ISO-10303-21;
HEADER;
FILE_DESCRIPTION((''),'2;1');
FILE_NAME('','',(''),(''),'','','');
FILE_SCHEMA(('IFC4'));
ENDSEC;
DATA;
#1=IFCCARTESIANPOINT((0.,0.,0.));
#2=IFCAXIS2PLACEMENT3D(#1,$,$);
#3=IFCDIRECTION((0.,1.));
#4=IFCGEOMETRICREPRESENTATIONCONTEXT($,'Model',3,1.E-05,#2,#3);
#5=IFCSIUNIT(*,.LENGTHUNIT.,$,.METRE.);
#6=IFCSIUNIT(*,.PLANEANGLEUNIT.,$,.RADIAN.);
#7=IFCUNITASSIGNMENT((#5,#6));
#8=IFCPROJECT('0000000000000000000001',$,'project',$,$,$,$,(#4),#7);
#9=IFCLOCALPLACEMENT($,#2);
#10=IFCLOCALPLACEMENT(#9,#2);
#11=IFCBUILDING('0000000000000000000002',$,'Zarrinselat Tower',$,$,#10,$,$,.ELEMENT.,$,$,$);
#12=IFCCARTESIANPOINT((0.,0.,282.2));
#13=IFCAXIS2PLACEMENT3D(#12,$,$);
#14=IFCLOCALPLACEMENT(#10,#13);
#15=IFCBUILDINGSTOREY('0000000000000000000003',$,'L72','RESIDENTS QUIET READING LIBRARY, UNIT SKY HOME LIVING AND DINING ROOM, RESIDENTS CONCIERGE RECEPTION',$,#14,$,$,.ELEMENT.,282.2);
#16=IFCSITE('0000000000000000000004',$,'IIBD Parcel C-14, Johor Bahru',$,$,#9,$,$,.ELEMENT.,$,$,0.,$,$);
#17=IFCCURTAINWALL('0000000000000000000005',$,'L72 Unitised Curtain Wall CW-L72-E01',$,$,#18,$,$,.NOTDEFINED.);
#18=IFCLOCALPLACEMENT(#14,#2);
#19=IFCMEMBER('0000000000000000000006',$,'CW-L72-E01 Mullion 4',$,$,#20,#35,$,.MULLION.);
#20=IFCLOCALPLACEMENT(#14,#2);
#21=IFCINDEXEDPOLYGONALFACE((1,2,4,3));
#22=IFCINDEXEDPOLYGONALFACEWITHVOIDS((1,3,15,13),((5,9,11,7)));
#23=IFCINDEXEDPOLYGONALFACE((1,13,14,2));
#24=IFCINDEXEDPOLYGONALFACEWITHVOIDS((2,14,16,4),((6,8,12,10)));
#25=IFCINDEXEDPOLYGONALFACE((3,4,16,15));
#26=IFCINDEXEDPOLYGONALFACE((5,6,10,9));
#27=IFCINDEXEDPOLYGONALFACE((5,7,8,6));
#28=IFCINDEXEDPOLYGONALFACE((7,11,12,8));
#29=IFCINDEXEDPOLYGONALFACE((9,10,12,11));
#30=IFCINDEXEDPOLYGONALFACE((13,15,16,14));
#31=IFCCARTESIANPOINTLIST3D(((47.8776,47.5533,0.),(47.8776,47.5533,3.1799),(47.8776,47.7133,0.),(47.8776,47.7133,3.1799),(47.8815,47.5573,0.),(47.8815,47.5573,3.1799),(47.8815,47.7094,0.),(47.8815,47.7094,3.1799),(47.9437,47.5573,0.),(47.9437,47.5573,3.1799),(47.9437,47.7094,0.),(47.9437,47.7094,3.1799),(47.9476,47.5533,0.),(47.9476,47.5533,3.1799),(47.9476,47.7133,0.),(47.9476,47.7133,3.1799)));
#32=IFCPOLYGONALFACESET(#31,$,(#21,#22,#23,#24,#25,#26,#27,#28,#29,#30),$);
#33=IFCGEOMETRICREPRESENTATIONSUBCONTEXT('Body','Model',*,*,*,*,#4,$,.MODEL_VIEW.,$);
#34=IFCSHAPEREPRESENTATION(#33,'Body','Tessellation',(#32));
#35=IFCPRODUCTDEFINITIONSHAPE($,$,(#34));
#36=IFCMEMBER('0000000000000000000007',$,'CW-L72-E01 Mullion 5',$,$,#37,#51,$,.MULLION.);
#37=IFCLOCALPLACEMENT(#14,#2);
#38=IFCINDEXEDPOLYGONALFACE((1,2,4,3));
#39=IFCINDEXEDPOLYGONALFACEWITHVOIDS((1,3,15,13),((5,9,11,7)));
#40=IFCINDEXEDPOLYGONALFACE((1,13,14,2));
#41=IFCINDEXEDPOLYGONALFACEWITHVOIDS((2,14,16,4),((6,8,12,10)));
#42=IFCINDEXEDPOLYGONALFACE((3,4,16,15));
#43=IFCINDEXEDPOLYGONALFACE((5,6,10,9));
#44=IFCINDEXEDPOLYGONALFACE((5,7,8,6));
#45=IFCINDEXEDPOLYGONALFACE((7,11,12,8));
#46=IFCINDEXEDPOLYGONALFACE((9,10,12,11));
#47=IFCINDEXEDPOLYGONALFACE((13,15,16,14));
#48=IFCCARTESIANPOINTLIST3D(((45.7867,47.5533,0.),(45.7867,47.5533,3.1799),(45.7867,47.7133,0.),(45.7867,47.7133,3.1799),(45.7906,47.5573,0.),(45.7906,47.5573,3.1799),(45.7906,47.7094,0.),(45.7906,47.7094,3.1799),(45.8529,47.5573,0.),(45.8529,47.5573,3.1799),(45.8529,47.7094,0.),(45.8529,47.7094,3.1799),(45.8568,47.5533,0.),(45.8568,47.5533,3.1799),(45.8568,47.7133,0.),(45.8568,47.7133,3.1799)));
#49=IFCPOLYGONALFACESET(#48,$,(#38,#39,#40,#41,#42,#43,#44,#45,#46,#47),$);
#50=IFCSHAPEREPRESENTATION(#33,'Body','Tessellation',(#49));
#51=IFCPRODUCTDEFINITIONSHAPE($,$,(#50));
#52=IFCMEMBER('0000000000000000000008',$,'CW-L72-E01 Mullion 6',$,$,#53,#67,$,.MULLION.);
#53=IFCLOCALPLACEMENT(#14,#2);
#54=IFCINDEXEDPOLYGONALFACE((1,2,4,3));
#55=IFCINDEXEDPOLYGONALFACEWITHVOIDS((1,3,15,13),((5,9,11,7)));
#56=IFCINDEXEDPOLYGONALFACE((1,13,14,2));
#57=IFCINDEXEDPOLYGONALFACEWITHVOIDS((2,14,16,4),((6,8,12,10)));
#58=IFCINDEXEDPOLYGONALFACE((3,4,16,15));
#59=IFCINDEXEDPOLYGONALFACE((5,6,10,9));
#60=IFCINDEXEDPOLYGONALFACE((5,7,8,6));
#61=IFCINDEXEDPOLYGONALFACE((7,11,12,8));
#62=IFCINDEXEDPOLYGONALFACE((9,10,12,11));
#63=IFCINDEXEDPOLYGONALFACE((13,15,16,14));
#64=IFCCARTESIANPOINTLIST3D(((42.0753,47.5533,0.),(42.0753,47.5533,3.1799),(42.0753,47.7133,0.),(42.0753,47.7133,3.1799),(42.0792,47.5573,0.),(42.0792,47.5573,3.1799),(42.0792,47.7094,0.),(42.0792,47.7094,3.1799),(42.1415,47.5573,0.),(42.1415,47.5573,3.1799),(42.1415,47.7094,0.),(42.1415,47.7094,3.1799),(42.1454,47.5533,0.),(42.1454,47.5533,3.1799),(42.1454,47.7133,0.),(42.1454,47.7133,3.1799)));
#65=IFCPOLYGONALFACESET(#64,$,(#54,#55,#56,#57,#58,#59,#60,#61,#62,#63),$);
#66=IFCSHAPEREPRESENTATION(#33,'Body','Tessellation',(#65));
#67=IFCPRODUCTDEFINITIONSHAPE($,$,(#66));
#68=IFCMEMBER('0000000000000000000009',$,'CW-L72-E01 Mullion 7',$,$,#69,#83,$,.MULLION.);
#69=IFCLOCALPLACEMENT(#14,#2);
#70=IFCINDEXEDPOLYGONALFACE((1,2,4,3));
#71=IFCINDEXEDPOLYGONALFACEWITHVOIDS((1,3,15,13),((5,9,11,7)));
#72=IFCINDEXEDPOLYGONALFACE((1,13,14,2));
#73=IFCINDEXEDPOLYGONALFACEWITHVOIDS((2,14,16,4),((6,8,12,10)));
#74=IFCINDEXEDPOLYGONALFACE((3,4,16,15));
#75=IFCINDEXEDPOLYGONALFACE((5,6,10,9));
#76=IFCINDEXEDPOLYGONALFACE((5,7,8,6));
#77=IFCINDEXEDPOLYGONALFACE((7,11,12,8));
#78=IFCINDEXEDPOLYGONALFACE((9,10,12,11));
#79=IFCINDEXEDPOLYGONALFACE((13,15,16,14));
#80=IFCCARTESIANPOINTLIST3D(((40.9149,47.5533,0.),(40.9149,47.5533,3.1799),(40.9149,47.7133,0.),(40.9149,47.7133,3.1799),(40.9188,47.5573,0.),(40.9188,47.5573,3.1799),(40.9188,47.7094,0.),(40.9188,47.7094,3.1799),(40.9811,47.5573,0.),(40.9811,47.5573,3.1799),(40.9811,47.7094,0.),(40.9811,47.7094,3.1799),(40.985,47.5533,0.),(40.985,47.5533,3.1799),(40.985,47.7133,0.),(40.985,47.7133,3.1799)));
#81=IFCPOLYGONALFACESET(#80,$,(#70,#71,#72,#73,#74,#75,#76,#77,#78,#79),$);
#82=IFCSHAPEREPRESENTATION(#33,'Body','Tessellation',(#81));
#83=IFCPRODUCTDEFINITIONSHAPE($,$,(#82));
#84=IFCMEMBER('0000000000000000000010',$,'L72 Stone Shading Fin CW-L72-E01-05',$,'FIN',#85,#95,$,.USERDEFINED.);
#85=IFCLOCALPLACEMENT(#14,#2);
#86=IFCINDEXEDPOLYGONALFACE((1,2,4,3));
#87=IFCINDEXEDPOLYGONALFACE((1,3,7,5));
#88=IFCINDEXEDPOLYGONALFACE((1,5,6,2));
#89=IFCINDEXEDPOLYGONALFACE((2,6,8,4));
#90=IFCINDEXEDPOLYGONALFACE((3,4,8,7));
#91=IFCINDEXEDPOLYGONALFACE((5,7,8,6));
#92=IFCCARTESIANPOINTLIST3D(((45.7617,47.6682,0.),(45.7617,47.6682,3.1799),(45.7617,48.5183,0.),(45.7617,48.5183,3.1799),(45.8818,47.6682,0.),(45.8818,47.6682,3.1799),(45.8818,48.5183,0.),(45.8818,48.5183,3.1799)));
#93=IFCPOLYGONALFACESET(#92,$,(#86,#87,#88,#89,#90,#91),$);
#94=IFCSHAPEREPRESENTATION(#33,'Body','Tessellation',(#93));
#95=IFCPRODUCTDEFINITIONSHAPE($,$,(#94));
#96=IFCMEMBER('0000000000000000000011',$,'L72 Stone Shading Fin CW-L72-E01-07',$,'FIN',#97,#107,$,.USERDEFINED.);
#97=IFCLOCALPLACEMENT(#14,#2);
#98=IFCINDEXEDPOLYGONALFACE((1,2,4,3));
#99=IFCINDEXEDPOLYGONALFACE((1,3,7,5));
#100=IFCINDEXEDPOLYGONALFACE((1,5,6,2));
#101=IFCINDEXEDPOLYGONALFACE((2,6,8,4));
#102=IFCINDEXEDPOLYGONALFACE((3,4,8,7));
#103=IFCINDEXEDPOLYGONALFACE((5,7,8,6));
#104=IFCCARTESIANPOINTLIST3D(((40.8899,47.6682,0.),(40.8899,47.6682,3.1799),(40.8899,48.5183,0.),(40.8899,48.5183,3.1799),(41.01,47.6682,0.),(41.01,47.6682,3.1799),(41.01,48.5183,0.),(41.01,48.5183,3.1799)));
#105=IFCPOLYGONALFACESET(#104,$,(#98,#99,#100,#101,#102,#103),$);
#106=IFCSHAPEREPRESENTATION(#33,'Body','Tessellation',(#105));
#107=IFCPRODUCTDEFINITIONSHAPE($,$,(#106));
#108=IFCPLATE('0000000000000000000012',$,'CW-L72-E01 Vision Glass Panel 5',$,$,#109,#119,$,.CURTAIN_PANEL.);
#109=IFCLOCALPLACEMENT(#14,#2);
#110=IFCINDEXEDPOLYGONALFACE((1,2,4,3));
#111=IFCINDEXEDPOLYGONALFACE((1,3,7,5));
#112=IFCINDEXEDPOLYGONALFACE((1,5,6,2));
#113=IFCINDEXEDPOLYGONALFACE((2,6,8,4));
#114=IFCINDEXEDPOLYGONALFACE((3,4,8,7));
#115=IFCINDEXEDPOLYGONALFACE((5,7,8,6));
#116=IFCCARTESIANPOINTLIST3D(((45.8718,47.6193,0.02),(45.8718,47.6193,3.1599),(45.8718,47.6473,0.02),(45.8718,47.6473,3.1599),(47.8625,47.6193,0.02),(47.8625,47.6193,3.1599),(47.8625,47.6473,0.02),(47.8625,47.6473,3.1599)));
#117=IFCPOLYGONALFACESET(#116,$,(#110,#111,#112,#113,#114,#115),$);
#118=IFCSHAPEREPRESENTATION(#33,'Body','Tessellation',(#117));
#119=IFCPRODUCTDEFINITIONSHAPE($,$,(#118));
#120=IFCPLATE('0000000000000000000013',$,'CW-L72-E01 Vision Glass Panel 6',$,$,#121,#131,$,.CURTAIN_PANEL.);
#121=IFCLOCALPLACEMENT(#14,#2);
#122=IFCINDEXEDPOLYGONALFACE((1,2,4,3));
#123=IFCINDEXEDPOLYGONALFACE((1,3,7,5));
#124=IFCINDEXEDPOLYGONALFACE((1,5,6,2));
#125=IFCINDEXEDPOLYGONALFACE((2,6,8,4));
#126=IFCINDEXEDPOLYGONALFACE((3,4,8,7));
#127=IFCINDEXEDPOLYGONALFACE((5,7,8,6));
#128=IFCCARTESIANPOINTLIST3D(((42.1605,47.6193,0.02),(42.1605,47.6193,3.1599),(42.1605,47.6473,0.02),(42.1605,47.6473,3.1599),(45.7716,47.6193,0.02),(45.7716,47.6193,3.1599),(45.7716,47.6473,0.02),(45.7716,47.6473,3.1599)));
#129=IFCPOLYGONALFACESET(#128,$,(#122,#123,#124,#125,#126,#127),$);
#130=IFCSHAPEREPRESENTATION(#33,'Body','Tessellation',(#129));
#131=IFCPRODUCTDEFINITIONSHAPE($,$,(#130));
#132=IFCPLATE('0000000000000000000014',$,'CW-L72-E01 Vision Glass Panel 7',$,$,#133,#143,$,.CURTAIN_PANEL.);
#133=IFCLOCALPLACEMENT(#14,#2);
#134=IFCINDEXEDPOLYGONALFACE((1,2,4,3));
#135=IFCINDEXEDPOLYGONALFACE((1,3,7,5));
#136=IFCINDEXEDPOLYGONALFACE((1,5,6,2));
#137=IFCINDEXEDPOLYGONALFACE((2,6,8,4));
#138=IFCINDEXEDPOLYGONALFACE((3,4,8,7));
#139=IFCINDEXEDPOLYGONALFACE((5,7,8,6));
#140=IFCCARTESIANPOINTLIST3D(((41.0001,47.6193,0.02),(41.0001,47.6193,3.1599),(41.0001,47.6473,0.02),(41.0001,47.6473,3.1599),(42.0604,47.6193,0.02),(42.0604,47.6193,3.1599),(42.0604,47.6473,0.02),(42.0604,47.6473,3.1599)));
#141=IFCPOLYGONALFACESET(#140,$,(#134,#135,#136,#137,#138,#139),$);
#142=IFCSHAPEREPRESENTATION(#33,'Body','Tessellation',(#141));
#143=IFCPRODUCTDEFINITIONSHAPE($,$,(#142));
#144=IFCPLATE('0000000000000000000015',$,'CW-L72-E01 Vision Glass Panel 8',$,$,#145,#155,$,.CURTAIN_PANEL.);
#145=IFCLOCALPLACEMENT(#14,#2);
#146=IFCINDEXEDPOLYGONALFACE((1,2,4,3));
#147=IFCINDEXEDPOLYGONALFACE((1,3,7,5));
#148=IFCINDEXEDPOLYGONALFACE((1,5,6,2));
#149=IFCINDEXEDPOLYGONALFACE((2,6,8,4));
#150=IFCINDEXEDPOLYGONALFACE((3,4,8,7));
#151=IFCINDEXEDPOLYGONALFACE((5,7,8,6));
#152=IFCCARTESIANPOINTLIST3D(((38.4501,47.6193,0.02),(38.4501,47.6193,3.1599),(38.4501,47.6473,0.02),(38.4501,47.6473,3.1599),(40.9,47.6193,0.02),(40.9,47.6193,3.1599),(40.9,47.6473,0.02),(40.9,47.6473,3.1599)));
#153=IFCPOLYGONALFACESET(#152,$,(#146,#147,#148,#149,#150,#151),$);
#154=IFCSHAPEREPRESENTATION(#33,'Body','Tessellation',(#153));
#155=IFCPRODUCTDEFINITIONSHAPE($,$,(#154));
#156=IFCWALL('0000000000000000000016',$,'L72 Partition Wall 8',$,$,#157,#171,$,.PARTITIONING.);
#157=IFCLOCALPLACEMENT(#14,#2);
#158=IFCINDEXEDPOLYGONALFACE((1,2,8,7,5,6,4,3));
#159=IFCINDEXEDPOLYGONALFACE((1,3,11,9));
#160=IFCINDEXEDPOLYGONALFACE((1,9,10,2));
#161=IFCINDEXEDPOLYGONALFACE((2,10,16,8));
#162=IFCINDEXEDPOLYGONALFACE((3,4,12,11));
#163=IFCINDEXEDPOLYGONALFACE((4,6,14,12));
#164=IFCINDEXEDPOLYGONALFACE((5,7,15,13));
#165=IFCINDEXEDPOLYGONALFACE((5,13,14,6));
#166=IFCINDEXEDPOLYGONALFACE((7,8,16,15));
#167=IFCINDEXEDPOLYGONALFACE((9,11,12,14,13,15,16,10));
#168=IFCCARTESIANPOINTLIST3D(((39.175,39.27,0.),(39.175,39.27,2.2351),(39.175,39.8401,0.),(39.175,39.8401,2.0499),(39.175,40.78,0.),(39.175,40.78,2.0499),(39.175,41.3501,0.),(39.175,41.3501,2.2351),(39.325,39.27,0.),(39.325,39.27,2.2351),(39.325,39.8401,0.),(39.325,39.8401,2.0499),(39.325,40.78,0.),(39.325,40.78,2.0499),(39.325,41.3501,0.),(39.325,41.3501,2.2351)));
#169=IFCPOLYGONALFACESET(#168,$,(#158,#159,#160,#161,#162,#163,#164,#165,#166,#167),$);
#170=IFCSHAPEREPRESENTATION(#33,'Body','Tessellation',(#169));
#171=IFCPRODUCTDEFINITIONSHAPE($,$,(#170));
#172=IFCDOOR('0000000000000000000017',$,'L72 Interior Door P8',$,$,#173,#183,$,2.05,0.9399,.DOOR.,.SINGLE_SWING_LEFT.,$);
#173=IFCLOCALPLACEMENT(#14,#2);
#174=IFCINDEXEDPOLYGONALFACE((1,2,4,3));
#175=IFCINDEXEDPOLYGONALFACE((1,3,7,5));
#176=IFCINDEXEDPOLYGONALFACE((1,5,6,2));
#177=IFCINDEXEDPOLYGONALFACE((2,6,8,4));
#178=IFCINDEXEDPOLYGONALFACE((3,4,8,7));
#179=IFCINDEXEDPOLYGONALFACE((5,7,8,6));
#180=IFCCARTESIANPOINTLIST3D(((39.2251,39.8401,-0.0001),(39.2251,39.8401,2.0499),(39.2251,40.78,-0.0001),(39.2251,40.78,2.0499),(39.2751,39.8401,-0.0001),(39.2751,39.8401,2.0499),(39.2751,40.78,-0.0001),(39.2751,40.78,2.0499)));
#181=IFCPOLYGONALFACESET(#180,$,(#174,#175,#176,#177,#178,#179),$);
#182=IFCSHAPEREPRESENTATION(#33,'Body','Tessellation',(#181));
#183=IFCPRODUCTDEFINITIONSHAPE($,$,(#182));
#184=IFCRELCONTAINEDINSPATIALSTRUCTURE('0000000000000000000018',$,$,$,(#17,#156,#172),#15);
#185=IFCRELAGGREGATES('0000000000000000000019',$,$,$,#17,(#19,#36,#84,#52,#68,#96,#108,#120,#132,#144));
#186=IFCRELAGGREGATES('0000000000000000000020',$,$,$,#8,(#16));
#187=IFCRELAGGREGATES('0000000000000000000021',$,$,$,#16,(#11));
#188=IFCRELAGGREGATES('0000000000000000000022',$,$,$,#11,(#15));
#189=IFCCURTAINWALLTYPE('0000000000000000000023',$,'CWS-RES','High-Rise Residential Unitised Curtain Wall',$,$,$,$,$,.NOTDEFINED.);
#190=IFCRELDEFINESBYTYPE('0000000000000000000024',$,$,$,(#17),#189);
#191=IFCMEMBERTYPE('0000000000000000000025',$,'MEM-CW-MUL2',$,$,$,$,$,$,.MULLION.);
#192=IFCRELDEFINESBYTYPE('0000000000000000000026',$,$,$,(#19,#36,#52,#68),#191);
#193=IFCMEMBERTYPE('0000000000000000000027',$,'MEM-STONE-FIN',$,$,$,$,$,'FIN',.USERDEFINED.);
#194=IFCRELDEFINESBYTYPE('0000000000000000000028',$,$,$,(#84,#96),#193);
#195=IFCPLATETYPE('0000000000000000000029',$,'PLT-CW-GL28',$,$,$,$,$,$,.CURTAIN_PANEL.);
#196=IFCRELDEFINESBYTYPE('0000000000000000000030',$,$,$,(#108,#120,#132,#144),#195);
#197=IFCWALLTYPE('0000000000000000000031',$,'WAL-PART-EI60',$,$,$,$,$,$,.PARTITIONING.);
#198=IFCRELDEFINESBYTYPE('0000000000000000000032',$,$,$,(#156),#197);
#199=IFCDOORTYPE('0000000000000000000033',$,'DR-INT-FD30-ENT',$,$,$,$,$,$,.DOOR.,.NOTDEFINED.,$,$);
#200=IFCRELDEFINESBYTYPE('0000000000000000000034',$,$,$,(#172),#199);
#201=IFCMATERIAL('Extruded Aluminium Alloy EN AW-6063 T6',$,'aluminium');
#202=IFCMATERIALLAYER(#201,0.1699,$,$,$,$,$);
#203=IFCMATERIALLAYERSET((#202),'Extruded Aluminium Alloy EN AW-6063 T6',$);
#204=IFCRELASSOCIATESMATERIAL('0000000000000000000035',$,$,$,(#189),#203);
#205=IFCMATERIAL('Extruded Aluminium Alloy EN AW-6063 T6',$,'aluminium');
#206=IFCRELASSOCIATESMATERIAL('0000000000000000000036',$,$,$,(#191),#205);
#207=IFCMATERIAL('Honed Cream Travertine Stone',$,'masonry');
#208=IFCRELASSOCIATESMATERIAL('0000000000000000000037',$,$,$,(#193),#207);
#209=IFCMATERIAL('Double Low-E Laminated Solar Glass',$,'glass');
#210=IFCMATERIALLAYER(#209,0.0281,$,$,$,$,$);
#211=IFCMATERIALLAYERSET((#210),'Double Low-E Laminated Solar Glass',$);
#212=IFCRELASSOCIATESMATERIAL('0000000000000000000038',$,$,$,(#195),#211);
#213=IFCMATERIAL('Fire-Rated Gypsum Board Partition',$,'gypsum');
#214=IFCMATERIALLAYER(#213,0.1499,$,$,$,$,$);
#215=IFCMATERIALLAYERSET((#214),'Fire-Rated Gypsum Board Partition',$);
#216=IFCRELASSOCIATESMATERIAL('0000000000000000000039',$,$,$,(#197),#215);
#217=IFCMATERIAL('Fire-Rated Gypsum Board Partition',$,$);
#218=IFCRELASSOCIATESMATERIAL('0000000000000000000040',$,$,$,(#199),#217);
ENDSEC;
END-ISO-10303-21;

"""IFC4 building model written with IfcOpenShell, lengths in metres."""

from ifc_helpers import new_model, si_unit, direction, frame, frame_2d, origin, origin_2d, place, context, subcontext, project, spatial, rectangle, hollow_rectangle, extrude, material, layer, layer_set, material_profile, profile_set, type_object, element, fill, aggregate, save


model = new_model("IFC4")

# Units and contexts
model_context = context("Model", 3, precision=1e-05, world=origin(), true_north=direction((0.0, 1.0)))
body_context = subcontext(model_context, "Body", "Model", "MODEL_VIEW")
ifc_project = project(units=[si_unit("LENGTHUNIT", "METRE"), si_unit("PLANEANGLEUNIT", "RADIAN")], contexts=[model_context])

# Site, building, storey
site_placement = place(None, origin())
site = spatial("IfcSite", under=ifc_project, at=site_placement, Name="IIBD Parcel C-14, Johor Bahru", CompositionType="ELEMENT", RefElevation=0.0)
building_placement = place(site_placement, origin())
building = spatial("IfcBuilding", under=site, at=building_placement, Name="Zarrinselat Tower", CompositionType="ELEMENT")
storey_placement = place(building_placement, frame((0.0, 0.0, 282.2)))
storey = spatial("IfcBuildingStorey", under=building, at=storey_placement, Name="L72", Description="RESIDENTS QUIET READING LIBRARY, UNIT SKY HOME LIVING AND DINING ROOM, RESIDENTS CONCIERGE RECEPTION", CompositionType="ELEMENT", Elevation=282.2)

# Curtain wall, members, plates
ifc_material_1 = material(Name="Extruded Aluminium Alloy EN AW-6063 T6", Category="aluminium")
ifc_layer_1 = layer(ifc_material_1, 0.1699)
ifc_layer_set_1 = layer_set([ifc_layer_1], Name="Extruded Aluminium Alloy EN AW-6063 T6")
curtain_wall_type = type_object("IfcCurtainWallType", Name="CWS-RES", Description="High-Rise Residential Unitised Curtain Wall", PredefinedType="NOTDEFINED", material=ifc_layer_set_1)
curtain_wall_placement = place(storey_placement, origin())
curtain_wall = element("IfcCurtainWall", 1, at=curtain_wall_placement, inside=storey, type_object=curtain_wall_type, Name="L72 Unitised Curtain Wall CW-L72-E01", PredefinedType="NOTDEFINED")
ifc_material_2 = material(Name="Extruded Aluminium Alloy EN AW-6063 T6", Category="aluminium")
ifc_material_profile_1 = material_profile(ifc_material_2, hollow_rectangle(XDim=0.0701, YDim=0.1599, WallThickness=0.0039, at=origin_2d()), Name="RHS 160x70x4")
ifc_profile_set_1 = profile_set([ifc_material_profile_1], Name="Extruded Aluminium Alloy EN AW-6063 T6")
member_type_1 = type_object("IfcMemberType", Name="MEM-CW-MUL2", PredefinedType="MULLION", material=ifc_profile_set_1)
member_1_placement = place(storey_placement, frame((47.9126, 47.6333, 0.0), z_axis=(0.0, 0.0, 1.0), x_axis=(-1.0, 0.0, 0.0)))
member_1 = element("IfcMember", 2, at=member_1_placement, type_object=member_type_1, Name="CW-L72-E01 Mullion 4", PredefinedType="MULLION", context=body_context, shape_type="SweptSolid", body=[
    extrude(hollow_rectangle(XDim=0.0701, YDim=0.1599, WallThickness=0.0039, at=origin_2d()), origin(), (0.0, 0.0, 1.0), 3.1799),
])
member_2_placement = place(storey_placement, frame((45.8218, 47.6333, 0.0), z_axis=(0.0, 0.0, 1.0), x_axis=(-1.0, 0.0, 0.0)))
member_2 = element("IfcMember", 3, at=member_2_placement, type_object=member_type_1, Name="CW-L72-E01 Mullion 5", PredefinedType="MULLION", context=body_context, shape_type="SweptSolid", body=[
    extrude(hollow_rectangle(XDim=0.0701, YDim=0.1599, WallThickness=0.0039, at=origin_2d()), origin(), (0.0, 0.0, 1.0), 3.1799),
])
member_3_placement = place(storey_placement, frame((42.1104, 47.6333, 0.0), z_axis=(0.0, 0.0, 1.0), x_axis=(-1.0, 0.0, 0.0)))
member_3 = element("IfcMember", 4, at=member_3_placement, type_object=member_type_1, Name="CW-L72-E01 Mullion 6", PredefinedType="MULLION", context=body_context, shape_type="SweptSolid", body=[
    extrude(hollow_rectangle(XDim=0.0701, YDim=0.1599, WallThickness=0.0039, at=origin_2d()), origin(), (0.0, 0.0, 1.0), 3.1799),
])
member_4_placement = place(storey_placement, frame((40.95, 47.6333, 0.0), z_axis=(0.0, 0.0, 1.0), x_axis=(-1.0, 0.0, 0.0)))
member_4 = element("IfcMember", 5, at=member_4_placement, type_object=member_type_1, Name="CW-L72-E01 Mullion 7", PredefinedType="MULLION", context=body_context, shape_type="SweptSolid", body=[
    extrude(hollow_rectangle(XDim=0.0701, YDim=0.1599, WallThickness=0.0039, at=origin_2d()), origin(), (0.0, 0.0, 1.0), 3.1799),
])
ifc_material_3 = material(Name="Honed Cream Travertine Stone", Category="masonry")
ifc_material_profile_2 = material_profile(ifc_material_3, rectangle(XDim=0.1201, YDim=0.8501, at=origin_2d()), Name="FIN 850x120")
ifc_profile_set_2 = profile_set([ifc_material_profile_2], Name="Honed Cream Travertine Stone")
member_type_2 = type_object("IfcMemberType", Name="MEM-STONE-FIN", ElementType="FIN", PredefinedType="USERDEFINED", material=ifc_profile_set_2)
member_5_placement = place(storey_placement, frame((45.8218, 48.0933, 0.0), z_axis=(0.0, 0.0, 1.0), x_axis=(1.0, 0.0, 0.0)))
member_5 = element("IfcMember", 6, at=member_5_placement, type_object=member_type_2, Name="L72 Stone Shading Fin CW-L72-E01-05", ObjectType="FIN", PredefinedType="USERDEFINED", context=body_context, shape_type="SweptSolid", body=[
    extrude(rectangle(XDim=0.1201, YDim=0.8501, at=origin_2d()), origin(), (0.0, 0.0, 1.0), 3.1799),
])
member_6_placement = place(storey_placement, frame((40.95, 48.0933, 0.0), z_axis=(0.0, 0.0, 1.0), x_axis=(1.0, 0.0, 0.0)))
member_6 = element("IfcMember", 7, at=member_6_placement, type_object=member_type_2, Name="L72 Stone Shading Fin CW-L72-E01-07", ObjectType="FIN", PredefinedType="USERDEFINED", context=body_context, shape_type="SweptSolid", body=[
    extrude(rectangle(XDim=0.1201, YDim=0.8501, at=origin_2d()), origin(), (0.0, 0.0, 1.0), 3.1799),
])
ifc_material_4 = material(Name="Double Low-E Laminated Solar Glass", Category="glass")
ifc_layer_2 = layer(ifc_material_4, 0.0281)
ifc_layer_set_2 = layer_set([ifc_layer_2], Name="Double Low-E Laminated Solar Glass")
plate_type = type_object("IfcPlateType", Name="PLT-CW-GL28", PredefinedType="CURTAIN_PANEL", material=ifc_layer_set_2)
plate_1_placement = place(storey_placement, frame((46.8672, 47.6333, 0.02), z_axis=(0.0, 0.0, 1.0), x_axis=(-1.0, 0.0, 0.0)))
plate_1 = element("IfcPlate", 8, at=plate_1_placement, type_object=plate_type, Name="CW-L72-E01 Vision Glass Panel 5", PredefinedType="CURTAIN_PANEL", context=body_context, shape_type="SweptSolid", body=[
    extrude(rectangle(XDim=1.9907, YDim=0.0281, at=origin_2d()), origin(), (0.0, 0.0, 1.0), 3.1399),
])
plate_2_placement = place(storey_placement, frame((43.9661, 47.6333, 0.02), z_axis=(0.0, 0.0, 1.0), x_axis=(-1.0, 0.0, 0.0)))
plate_2 = element("IfcPlate", 9, at=plate_2_placement, type_object=plate_type, Name="CW-L72-E01 Vision Glass Panel 6", PredefinedType="CURTAIN_PANEL", context=body_context, shape_type="SweptSolid", body=[
    extrude(rectangle(XDim=3.6111, YDim=0.0281, at=origin_2d()), origin(), (0.0, 0.0, 1.0), 3.1399),
])
plate_3_placement = place(storey_placement, frame((41.5303, 47.6333, 0.02), z_axis=(0.0, 0.0, 1.0), x_axis=(-1.0, 0.0, 0.0)))
plate_3 = element("IfcPlate", 10, at=plate_3_placement, type_object=plate_type, Name="CW-L72-E01 Vision Glass Panel 7", PredefinedType="CURTAIN_PANEL", context=body_context, shape_type="SweptSolid", body=[
    extrude(rectangle(XDim=1.0603, YDim=0.0281, at=origin_2d()), origin(), (0.0, 0.0, 1.0), 3.1399),
])
plate_4_placement = place(storey_placement, frame((39.675, 47.6333, 0.02), z_axis=(0.0, 0.0, 1.0), x_axis=(-1.0, 0.0, 0.0)))
plate_4 = element("IfcPlate", 11, at=plate_4_placement, type_object=plate_type, Name="CW-L72-E01 Vision Glass Panel 8", PredefinedType="CURTAIN_PANEL", context=body_context, shape_type="SweptSolid", body=[
    extrude(rectangle(XDim=2.45, YDim=0.0281, at=origin_2d()), origin(), (0.0, 0.0, 1.0), 3.1399),
])
aggregate(curtain_wall, [member_1, member_2, member_5, member_3, member_4, member_6, plate_1, plate_2, plate_3, plate_4])

# Wall, opening, door
ifc_material_5 = material(Name="Fire-Rated Gypsum Board Partition", Category="gypsum")
ifc_layer_3 = layer(ifc_material_5, 0.1499)
ifc_layer_set_3 = layer_set([ifc_layer_3], Name="Fire-Rated Gypsum Board Partition")
wall_type_1 = type_object("IfcWallType", Name="WAL-PART-EI60", PredefinedType="PARTITIONING", material=ifc_layer_set_3)
wall_1_placement = place(storey_placement, frame((39.25, 39.27, 0.0), z_axis=(0.0, 0.0, 1.0), x_axis=(0.0, 1.0, 0.0)))
wall_1 = element("IfcWall", 12, at=wall_1_placement, inside=storey, type_object=wall_type_1, Name="L72 Partition Wall 8", PredefinedType="PARTITIONING", context=body_context, shape_type="SweptSolid", body=[
    extrude(rectangle(XDim=2.0801, YDim=0.1499, at=frame_2d((1.04, 0.0))), origin(), (0.0, 0.0, 1.0), 2.2351),
])
opening_1_placement = place(wall_1_placement, frame((0.5701, 0.0, 0.0)))
opening_1 = element("IfcOpeningElement", 13, at=opening_1_placement, cuts=wall_1, PredefinedType="OPENING", context=body_context, shape_type="SweptSolid", body=[
    extrude(rectangle(XDim=0.9399, YDim=2.05, at=frame_2d((0.47, 1.0249))), frame((0.0, 0.085, 0.0), z_axis=(0.0, -1.0, 0.0), x_axis=(1.0, 0.0, 0.0)), (0.0, 0.0, 1.0), 0.1699),
])
ifc_material_6 = material(Name="Fire-Rated Gypsum Board Partition")
door_type_1 = type_object("IfcDoorType", Name="DR-INT-FD30-ENT", OperationType="NOTDEFINED", PredefinedType="DOOR", material=ifc_material_6)
door_1_placement = place(opening_1_placement, origin())
door_1 = element("IfcDoor", 14, at=door_1_placement, inside=storey, type_object=door_type_1, Name="L72 Interior Door P8", OperationType="SINGLE_SWING_LEFT", OverallHeight=2.05, OverallWidth=0.9399, PredefinedType="DOOR", context=body_context, shape_type="SweptSolid", body=[
    extrude(rectangle(XDim=0.9399, YDim=2.05, at=frame_2d((0.47, 1.0249))), frame((0.0, 0.0249, 0.0), z_axis=(0.0, -1.0, 0.0), x_axis=(1.0, 0.0, 0.0)), (0.0, 0.0, 1.0), 0.05),
])
fill(opening_1, door_1)

save(model, "model.ifc")
